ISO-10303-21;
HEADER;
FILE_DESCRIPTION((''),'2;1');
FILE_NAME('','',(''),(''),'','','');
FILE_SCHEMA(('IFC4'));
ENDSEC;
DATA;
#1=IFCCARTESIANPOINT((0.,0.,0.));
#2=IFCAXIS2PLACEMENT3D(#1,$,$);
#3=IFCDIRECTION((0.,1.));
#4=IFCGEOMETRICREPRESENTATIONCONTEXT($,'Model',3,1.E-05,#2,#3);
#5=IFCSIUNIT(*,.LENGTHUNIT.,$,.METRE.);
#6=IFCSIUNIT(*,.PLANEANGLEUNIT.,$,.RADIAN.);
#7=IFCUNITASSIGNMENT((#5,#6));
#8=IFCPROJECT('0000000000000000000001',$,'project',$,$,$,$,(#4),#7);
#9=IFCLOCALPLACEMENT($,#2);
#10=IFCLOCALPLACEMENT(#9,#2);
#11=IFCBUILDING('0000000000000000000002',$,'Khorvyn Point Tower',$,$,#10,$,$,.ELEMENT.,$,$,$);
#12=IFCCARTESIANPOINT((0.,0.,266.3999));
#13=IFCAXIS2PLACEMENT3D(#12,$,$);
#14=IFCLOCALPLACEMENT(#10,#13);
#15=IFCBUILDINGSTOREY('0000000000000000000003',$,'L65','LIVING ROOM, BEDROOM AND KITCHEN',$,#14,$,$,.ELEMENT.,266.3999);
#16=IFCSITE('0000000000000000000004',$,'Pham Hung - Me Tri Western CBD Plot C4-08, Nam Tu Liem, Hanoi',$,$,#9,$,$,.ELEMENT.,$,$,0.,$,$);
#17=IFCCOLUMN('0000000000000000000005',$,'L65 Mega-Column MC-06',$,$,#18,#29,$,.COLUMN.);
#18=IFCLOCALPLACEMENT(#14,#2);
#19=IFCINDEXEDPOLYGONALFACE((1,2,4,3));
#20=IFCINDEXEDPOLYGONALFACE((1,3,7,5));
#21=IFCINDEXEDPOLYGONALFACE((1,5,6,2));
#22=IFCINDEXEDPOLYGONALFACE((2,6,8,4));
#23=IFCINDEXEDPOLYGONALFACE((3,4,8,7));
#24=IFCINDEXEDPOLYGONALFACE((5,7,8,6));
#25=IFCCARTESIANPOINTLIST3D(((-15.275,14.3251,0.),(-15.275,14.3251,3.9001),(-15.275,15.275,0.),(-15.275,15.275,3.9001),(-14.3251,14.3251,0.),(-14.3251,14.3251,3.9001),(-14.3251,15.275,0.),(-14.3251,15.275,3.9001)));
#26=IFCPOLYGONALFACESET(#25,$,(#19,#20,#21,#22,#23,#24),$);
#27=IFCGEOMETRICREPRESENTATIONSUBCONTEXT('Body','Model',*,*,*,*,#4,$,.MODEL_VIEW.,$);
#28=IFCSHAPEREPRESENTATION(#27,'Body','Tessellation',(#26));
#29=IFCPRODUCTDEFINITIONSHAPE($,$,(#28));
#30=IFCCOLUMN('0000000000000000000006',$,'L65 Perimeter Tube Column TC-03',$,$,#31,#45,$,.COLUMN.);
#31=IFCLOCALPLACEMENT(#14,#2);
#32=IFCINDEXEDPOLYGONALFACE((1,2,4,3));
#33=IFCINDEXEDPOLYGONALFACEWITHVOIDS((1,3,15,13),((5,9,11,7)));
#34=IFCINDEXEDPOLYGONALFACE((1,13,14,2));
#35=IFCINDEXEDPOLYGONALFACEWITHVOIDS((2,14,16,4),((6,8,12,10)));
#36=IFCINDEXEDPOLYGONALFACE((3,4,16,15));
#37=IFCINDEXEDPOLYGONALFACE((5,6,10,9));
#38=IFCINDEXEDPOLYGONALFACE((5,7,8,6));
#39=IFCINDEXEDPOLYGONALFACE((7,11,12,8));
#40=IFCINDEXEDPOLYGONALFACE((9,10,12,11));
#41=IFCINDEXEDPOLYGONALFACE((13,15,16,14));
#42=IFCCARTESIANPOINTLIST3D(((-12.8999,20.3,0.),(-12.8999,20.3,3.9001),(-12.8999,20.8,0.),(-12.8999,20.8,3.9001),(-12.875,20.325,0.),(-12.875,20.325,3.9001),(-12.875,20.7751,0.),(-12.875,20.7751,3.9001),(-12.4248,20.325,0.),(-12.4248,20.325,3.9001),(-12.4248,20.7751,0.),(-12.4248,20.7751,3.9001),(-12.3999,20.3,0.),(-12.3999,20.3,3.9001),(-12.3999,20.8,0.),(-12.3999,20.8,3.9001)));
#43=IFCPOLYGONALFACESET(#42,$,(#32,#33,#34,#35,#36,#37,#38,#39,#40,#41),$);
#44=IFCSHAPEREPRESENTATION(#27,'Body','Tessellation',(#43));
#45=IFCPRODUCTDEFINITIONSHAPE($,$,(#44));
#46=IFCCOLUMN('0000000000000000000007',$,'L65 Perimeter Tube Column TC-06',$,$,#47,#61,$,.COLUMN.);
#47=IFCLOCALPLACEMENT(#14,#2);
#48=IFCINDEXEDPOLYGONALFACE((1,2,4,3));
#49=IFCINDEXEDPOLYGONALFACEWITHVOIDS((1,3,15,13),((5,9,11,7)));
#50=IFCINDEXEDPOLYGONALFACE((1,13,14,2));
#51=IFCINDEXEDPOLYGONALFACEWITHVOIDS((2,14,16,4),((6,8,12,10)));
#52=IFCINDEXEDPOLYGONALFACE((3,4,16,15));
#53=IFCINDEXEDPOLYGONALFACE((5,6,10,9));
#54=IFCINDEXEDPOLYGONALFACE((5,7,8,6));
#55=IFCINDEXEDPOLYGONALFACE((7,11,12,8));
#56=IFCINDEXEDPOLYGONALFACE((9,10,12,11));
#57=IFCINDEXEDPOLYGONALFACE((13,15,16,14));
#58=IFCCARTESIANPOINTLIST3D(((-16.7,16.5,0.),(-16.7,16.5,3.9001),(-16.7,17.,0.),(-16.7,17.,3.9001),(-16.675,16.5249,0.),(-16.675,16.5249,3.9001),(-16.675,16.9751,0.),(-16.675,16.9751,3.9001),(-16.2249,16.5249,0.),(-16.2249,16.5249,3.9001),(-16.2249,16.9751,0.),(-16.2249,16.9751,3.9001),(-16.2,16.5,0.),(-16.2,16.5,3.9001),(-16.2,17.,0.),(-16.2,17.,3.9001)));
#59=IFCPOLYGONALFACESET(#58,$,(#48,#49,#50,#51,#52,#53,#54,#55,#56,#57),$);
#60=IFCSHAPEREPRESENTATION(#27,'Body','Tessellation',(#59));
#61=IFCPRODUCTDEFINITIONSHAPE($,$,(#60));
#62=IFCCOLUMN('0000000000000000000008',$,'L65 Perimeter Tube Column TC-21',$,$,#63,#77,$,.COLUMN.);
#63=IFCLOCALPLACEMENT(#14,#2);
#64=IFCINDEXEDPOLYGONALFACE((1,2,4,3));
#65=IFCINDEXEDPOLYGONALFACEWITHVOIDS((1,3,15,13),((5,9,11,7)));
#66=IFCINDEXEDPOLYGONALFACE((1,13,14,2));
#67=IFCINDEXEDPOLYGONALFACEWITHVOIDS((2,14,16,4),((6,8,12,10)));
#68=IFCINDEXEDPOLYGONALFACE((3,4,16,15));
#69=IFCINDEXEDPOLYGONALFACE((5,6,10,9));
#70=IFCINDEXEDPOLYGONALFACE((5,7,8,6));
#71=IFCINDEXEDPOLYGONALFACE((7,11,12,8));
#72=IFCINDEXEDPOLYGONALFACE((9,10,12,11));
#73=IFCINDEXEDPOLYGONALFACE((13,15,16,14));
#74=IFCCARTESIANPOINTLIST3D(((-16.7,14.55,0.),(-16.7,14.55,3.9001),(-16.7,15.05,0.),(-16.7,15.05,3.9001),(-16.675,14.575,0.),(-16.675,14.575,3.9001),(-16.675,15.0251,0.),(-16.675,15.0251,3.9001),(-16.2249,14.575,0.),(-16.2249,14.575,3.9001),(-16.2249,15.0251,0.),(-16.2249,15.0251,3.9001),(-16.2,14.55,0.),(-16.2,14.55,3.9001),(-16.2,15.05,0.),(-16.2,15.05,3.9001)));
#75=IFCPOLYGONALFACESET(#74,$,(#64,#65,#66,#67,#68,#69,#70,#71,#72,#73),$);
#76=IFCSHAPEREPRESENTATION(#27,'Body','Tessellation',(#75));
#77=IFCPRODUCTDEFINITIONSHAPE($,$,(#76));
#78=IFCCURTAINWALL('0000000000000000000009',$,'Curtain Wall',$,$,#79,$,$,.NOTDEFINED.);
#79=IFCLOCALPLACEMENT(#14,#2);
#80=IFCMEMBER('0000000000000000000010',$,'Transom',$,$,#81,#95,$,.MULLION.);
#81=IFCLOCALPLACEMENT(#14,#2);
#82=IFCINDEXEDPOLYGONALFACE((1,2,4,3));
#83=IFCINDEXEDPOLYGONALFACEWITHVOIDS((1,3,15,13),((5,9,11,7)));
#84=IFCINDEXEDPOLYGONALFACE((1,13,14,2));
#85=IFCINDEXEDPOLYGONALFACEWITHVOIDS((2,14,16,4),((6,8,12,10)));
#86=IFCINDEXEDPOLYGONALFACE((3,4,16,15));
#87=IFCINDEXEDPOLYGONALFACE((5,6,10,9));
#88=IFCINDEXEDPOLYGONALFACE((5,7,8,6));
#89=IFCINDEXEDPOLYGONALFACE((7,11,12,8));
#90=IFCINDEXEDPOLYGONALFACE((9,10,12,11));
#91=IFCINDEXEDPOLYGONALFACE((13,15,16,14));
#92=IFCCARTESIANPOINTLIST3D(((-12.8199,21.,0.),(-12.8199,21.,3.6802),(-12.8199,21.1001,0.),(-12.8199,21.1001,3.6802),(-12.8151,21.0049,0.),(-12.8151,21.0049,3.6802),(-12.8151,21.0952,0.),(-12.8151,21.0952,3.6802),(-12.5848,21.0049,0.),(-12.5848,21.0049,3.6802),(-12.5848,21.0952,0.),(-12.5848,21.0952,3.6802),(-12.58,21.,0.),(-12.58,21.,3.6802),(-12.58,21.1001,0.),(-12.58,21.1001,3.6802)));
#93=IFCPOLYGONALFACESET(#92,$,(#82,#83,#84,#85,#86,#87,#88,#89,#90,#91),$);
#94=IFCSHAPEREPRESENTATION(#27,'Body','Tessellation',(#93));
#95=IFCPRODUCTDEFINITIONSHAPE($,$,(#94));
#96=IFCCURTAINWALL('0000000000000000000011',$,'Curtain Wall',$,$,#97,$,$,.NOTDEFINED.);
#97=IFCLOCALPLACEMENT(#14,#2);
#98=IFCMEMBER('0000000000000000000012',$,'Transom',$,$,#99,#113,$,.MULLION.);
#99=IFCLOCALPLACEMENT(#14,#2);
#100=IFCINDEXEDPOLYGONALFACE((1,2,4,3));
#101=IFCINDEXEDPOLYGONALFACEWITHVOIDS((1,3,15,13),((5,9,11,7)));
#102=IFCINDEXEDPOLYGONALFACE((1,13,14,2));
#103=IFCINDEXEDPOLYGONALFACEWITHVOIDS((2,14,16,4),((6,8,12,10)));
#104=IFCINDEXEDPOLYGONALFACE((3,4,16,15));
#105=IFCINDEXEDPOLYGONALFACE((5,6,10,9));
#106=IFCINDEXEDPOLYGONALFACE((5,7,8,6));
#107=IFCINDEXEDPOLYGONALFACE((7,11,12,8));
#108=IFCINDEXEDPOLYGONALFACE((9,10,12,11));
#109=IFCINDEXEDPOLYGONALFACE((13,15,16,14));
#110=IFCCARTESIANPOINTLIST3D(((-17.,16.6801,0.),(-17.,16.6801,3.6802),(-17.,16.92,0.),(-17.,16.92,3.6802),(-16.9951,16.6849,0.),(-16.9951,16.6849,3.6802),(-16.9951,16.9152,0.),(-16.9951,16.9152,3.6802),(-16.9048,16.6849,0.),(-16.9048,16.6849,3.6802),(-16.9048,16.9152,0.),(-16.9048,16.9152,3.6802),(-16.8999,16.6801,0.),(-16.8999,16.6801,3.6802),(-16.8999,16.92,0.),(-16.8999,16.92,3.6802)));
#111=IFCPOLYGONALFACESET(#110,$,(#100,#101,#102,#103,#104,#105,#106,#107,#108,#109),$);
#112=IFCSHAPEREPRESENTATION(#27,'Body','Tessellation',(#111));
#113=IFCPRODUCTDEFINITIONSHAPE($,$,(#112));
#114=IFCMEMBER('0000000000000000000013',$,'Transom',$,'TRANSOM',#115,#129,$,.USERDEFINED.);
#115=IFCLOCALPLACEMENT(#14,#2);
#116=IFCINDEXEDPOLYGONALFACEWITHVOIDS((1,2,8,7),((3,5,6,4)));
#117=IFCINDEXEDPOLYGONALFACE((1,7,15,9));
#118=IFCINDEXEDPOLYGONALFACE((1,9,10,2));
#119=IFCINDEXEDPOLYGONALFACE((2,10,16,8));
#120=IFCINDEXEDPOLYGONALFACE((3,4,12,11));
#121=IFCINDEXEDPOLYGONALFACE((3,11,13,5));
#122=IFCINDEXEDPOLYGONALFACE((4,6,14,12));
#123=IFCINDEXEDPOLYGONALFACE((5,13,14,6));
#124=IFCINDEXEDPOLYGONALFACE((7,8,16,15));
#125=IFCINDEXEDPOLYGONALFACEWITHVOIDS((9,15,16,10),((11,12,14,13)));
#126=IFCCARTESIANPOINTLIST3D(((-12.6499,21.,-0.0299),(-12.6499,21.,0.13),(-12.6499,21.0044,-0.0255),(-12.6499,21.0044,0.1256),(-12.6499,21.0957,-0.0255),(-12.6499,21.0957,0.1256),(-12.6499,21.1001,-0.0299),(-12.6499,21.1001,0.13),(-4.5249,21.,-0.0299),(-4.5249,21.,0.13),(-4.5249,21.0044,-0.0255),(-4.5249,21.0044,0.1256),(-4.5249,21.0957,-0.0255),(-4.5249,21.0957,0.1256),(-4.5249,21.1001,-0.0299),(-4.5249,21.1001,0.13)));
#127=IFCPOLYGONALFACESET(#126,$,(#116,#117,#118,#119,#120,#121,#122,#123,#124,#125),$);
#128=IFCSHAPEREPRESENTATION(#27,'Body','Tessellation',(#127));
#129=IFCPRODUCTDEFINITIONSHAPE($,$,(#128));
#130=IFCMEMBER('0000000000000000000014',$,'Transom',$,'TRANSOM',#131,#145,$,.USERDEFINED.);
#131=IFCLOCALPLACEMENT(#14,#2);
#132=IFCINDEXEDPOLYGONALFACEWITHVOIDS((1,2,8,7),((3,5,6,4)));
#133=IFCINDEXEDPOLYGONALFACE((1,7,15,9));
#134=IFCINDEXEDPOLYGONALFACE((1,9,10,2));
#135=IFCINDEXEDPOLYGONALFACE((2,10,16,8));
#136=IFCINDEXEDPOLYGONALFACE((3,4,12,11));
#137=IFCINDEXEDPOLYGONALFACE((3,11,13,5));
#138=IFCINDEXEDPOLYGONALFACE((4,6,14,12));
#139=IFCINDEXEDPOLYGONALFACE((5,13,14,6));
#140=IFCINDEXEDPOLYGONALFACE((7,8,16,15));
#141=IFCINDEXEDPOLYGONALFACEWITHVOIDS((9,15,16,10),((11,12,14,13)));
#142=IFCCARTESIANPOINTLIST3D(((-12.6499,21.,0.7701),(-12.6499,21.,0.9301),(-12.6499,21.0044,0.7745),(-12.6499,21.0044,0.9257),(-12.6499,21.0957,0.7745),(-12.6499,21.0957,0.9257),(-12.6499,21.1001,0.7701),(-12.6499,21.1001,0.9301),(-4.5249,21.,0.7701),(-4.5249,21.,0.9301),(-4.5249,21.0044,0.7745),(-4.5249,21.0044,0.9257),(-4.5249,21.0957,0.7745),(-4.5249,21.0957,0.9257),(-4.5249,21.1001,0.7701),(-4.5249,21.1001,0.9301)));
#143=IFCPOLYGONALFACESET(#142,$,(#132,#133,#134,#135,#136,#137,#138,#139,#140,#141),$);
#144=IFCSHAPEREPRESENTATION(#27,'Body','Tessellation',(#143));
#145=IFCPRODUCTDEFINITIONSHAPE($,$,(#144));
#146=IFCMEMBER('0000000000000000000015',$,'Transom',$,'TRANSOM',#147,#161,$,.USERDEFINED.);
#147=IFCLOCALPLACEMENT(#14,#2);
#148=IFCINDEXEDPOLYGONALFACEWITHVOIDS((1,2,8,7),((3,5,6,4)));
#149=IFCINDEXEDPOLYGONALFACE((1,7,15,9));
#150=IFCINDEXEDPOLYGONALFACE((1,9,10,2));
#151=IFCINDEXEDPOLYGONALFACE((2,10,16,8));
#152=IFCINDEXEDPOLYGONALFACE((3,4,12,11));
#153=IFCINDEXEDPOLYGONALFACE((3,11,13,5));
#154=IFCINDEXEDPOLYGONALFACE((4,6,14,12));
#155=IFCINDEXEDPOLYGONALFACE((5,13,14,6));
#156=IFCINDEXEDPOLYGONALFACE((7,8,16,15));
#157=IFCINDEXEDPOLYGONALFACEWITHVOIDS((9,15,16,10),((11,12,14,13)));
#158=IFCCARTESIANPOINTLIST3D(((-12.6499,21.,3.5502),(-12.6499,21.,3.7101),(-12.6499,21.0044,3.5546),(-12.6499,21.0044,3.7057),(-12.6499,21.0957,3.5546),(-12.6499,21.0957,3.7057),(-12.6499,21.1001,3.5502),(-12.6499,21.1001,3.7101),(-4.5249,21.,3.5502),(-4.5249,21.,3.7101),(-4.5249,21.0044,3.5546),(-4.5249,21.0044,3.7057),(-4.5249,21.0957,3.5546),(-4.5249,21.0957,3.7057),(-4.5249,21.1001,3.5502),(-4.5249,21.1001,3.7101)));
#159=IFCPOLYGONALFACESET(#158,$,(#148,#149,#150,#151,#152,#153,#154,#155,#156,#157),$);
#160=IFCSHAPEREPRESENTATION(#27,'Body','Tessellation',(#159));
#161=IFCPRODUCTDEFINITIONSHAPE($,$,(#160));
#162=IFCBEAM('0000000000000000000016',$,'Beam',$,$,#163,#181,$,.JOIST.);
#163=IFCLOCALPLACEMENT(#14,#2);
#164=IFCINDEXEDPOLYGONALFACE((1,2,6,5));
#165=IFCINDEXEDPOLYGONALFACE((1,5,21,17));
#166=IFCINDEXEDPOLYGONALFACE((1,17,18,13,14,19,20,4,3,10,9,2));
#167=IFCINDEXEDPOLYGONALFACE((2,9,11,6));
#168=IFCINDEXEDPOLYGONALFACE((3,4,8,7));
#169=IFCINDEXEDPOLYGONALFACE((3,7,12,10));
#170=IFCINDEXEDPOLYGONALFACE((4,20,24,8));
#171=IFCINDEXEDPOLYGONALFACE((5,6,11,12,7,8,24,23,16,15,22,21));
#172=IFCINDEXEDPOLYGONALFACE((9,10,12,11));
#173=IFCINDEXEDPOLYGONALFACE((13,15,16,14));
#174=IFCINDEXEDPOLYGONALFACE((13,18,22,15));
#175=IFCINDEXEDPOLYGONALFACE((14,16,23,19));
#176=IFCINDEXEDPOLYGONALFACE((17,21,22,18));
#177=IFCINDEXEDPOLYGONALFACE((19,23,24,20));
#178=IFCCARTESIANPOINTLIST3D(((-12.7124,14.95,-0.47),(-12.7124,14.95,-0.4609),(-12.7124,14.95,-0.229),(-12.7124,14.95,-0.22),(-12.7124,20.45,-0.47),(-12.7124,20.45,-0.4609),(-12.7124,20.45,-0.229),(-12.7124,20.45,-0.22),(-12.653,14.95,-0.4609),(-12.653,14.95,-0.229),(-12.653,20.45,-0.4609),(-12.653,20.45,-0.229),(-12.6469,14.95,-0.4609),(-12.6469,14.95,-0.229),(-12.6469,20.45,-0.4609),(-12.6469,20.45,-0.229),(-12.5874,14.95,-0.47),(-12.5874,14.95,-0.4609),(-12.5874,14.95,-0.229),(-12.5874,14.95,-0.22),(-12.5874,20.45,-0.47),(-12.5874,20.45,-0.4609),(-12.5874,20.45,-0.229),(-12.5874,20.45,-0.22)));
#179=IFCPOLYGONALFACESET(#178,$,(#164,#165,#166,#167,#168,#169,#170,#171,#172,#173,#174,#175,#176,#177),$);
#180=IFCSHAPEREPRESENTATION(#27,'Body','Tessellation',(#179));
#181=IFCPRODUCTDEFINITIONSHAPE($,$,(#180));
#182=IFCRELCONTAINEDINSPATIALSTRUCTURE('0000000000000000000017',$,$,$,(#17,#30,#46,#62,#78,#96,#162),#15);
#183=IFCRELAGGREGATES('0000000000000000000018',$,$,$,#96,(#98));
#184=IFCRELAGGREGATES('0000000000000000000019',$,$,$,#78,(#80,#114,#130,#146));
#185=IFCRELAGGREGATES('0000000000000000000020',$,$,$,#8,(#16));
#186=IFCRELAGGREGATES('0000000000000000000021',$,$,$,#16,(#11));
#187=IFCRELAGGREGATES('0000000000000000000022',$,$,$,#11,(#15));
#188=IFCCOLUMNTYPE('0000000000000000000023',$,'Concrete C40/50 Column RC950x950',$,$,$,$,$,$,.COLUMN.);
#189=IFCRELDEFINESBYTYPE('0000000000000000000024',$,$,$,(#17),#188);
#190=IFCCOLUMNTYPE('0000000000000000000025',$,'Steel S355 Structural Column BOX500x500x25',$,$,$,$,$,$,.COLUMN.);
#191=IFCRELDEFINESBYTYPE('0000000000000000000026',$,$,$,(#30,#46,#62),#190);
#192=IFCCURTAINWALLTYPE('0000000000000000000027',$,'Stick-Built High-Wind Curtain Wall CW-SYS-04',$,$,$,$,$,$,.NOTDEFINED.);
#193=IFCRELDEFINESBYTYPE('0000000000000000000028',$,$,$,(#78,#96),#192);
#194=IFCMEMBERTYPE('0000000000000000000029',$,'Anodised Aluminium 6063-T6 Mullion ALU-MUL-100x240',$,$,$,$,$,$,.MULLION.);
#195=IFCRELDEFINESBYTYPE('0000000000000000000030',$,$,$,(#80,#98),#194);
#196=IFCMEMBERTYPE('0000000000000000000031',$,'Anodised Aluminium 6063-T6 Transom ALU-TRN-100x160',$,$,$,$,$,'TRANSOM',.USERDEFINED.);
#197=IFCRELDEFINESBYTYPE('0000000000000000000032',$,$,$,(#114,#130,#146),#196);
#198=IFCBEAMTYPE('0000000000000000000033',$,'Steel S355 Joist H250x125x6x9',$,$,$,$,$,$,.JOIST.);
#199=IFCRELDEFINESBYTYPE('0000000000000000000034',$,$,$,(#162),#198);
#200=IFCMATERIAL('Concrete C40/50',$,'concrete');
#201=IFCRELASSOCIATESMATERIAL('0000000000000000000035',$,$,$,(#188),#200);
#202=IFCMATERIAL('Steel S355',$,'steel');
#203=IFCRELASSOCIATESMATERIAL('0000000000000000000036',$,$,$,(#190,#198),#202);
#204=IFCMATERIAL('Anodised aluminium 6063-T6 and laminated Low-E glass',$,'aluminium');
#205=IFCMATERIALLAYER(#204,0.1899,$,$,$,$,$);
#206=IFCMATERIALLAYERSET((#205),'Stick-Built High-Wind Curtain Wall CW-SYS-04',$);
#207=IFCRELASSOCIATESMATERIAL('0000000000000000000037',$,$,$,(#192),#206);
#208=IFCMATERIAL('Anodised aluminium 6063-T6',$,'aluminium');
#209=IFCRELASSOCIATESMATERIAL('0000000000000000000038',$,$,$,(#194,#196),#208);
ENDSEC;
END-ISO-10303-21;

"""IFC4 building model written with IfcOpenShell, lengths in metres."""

from ifc_helpers import new_model, si_unit, direction, frame, origin, origin_2d, place, context, subcontext, project, spatial, rectangle, hollow_rectangle, i_section, extrude, material, layer, layer_set, material_profile, profile_set, type_object, element, aggregate, save


model = new_model("IFC4")

# Units and contexts
model_context = context("Model", 3, precision=1e-05, world=origin(), true_north=direction((0.0, 1.0)))
body_context = subcontext(model_context, "Body", "Model", "MODEL_VIEW")
ifc_project = project(units=[si_unit("LENGTHUNIT", "METRE"), si_unit("PLANEANGLEUNIT", "RADIAN")], contexts=[model_context])

# Site, building, storey
site_placement = place(None, origin())
site = spatial("IfcSite", under=ifc_project, at=site_placement, Name="Pham Hung - Me Tri Western CBD Plot C4-08, Nam Tu Liem, Hanoi", CompositionType="ELEMENT", RefElevation=0.0)
building_placement = place(site_placement, origin())
building = spatial("IfcBuilding", under=site, at=building_placement, Name="Khorvyn Point Tower", CompositionType="ELEMENT")
storey_placement = place(building_placement, frame((0.0, 0.0, 266.3999)))
storey = spatial("IfcBuildingStorey", under=building, at=storey_placement, Name="L65", Description="LIVING ROOM, BEDROOM AND KITCHEN", CompositionType="ELEMENT", Elevation=266.3999)

# Columns
ifc_material_1 = material(Name="Concrete C40/50", Category="concrete")
ifc_material_profile_1 = material_profile(ifc_material_1, rectangle(XDim=0.95, YDim=0.95, at=origin_2d()))
ifc_profile_set_1 = profile_set([ifc_material_profile_1], Name="Concrete C40/50 RC950x950")
column_type_1 = type_object("IfcColumnType", Name="Concrete C40/50 Column RC950x950", PredefinedType="COLUMN", material=ifc_profile_set_1)
column_placement = place(storey_placement, frame((-14.8, 14.8, 0.0), z_axis=(0.0, 0.0, 1.0), x_axis=(1.0, 0.0, 0.0)))
element("IfcColumn", 1, at=column_placement, inside=storey, type_object=column_type_1, Name="L65 Mega-Column MC-06", PredefinedType="COLUMN", context=body_context, shape_type="SweptSolid", body=[
    extrude(rectangle(XDim=0.95, YDim=0.95, at=origin_2d()), origin(), (0.0, 0.0, 1.0), 3.9001),
])
ifc_material_2 = material(Name="Steel S355", Category="steel")
ifc_material_profile_2 = material_profile(ifc_material_2, hollow_rectangle(XDim=0.5, YDim=0.5, WallThickness=0.0249, at=origin_2d()))
ifc_profile_set_2 = profile_set([ifc_material_profile_2], Name="Steel S355 BOX500x500x25")
column_type_2 = type_object("IfcColumnType", Name="Steel S355 Structural Column BOX500x500x25", PredefinedType="COLUMN", material=ifc_profile_set_2)
for number, where, z_axis, x_axis, name in (
    (2, (-12.6499, 20.55, 0.0), (0.0, 0.0, 1.0), (1.0, 0.0, 0.0), "L65 Perimeter Tube Column TC-03"),
    (3, (-16.45, 16.75, 0.0), (0.0, 0.0, 1.0), (1.0, 0.0, 0.0), "L65 Perimeter Tube Column TC-06"),
    (4, (-16.45, 14.8, 0.0), (0.0, 0.0, 1.0), (1.0, 0.0, 0.0), "L65 Perimeter Tube Column TC-21"),
):
    element("IfcColumn", number, at=place(storey_placement, frame(where, z_axis=z_axis, x_axis=x_axis)), inside=storey, type_object=column_type_2, Name=name, PredefinedType="COLUMN", context=body_context, shape_type="SweptSolid", body=[
        extrude(hollow_rectangle(XDim=0.5, YDim=0.5, WallThickness=0.0249, at=origin_2d()), origin(), (0.0, 0.0, 1.0), 3.9001),
    ])

# Curtain walls, members
ifc_material_3 = material(Name="Anodised aluminium 6063-T6 and laminated Low-E glass", Category="aluminium")
ifc_layer_1 = layer(ifc_material_3, 0.1899)
ifc_layer_set_1 = layer_set([ifc_layer_1], Name="Stick-Built High-Wind Curtain Wall CW-SYS-04")
curtain_wall_type = type_object("IfcCurtainWallType", Name="Stick-Built High-Wind Curtain Wall CW-SYS-04", PredefinedType="NOTDEFINED", material=ifc_layer_set_1)
curtain_wall_1_placement = place(storey_placement, origin())
curtain_wall_1 = element("IfcCurtainWall", 5, at=curtain_wall_1_placement, inside=storey, type_object=curtain_wall_type, Name="Curtain Wall", PredefinedType="NOTDEFINED")
ifc_material_4 = material(Name="Anodised aluminium 6063-T6", Category="aluminium")
ifc_material_profile_3 = material_profile(ifc_material_4, hollow_rectangle(XDim=0.1001, YDim=0.24, WallThickness=0.0049, at=origin_2d()))
ifc_profile_set_3 = profile_set([ifc_material_profile_3], Name="Anodised aluminium 6063-T6 ALU-MUL-100x240")
member_type_1 = type_object("IfcMemberType", Name="Anodised Aluminium 6063-T6 Mullion ALU-MUL-100x240", PredefinedType="MULLION", material=ifc_profile_set_3)
member_1_placement = place(storey_placement, frame((-12.7, 21.05, 0.0), z_axis=(0.0, 0.0, 1.0), x_axis=(0.0, 1.0, 0.0)))
member_1 = element("IfcMember", 6, at=member_1_placement, type_object=member_type_1, Name="Transom", PredefinedType="MULLION", context=body_context, shape_type="SweptSolid", body=[
    extrude(hollow_rectangle(XDim=0.1001, YDim=0.24, WallThickness=0.0049, at=origin_2d()), origin(), (0.0, 0.0, 1.0), 3.6802),
])
curtain_wall_2_placement = place(storey_placement, origin())
curtain_wall_2 = element("IfcCurtainWall", 7, at=curtain_wall_2_placement, inside=storey, type_object=curtain_wall_type, Name="Curtain Wall", PredefinedType="NOTDEFINED")
member_2_placement = place(storey_placement, frame((-16.95, 16.8, 0.0), z_axis=(0.0, 0.0, 1.0), x_axis=(-1.0, 0.0, 0.0)))
member_2 = element("IfcMember", 8, at=member_2_placement, type_object=member_type_1, Name="Transom", PredefinedType="MULLION", context=body_context, shape_type="SweptSolid", body=[
    extrude(hollow_rectangle(XDim=0.1001, YDim=0.24, WallThickness=0.0049, at=origin_2d()), origin(), (0.0, 0.0, 1.0), 3.6802),
])
aggregate(curtain_wall_2, [member_2])

# Members
ifc_material_profile_4 = material_profile(ifc_material_4, hollow_rectangle(XDim=0.1001, YDim=0.1599, WallThickness=0.0044, at=origin_2d()))
ifc_profile_set_4 = profile_set([ifc_material_profile_4], Name="Anodised aluminium 6063-T6 ALU-TRN-100x160")
member_type_2 = type_object("IfcMemberType", Name="Anodised Aluminium 6063-T6 Transom ALU-TRN-100x160", ElementType="TRANSOM", PredefinedType="USERDEFINED", material=ifc_profile_set_4)
member_3_placement = place(storey_placement, frame((-12.6499, 21.05, 0.05), z_axis=(1.0, 0.0, 0.0), x_axis=(0.0, 1.0, 0.0)))
member_3 = element("IfcMember", 9, at=member_3_placement, type_object=member_type_2, Name="Transom", ObjectType="TRANSOM", PredefinedType="USERDEFINED", context=body_context, shape_type="SweptSolid", body=[
    extrude(hollow_rectangle(XDim=0.1001, YDim=0.1599, WallThickness=0.0044, at=origin_2d()), origin(), (0.0, 0.0, 1.0), 8.125),
])
member_4_placement = place(storey_placement, frame((-12.6499, 21.05, 0.8501), z_axis=(1.0, 0.0, 0.0), x_axis=(0.0, 1.0, 0.0)))
member_4 = element("IfcMember", 10, at=member_4_placement, type_object=member_type_2, Name="Transom", ObjectType="TRANSOM", PredefinedType="USERDEFINED", context=body_context, shape_type="SweptSolid", body=[
    extrude(hollow_rectangle(XDim=0.1001, YDim=0.1599, WallThickness=0.0044, at=origin_2d()), origin(), (0.0, 0.0, 1.0), 8.125),
])
member_5_placement = place(storey_placement, frame((-12.6499, 21.05, 3.6301), z_axis=(1.0, 0.0, 0.0), x_axis=(0.0, 1.0, 0.0)))
member_5 = element("IfcMember", 11, at=member_5_placement, type_object=member_type_2, Name="Transom", ObjectType="TRANSOM", PredefinedType="USERDEFINED", context=body_context, shape_type="SweptSolid", body=[
    extrude(hollow_rectangle(XDim=0.1001, YDim=0.1599, WallThickness=0.0044, at=origin_2d()), origin(), (0.0, 0.0, 1.0), 8.125),
])

# Beam
ifc_material_profile_5 = material_profile(ifc_material_2, i_section(OverallWidth=0.125, OverallDepth=0.25, WebThickness=0.0061, FlangeThickness=0.009, at=origin_2d()))
ifc_profile_set_5 = profile_set([ifc_material_profile_5], Name="Steel S355 H250x125x6x9")
beam_type_1 = type_object("IfcBeamType", Name="Steel S355 Joist H250x125x6x9", PredefinedType="JOIST", material=ifc_profile_set_5)
beam_1_placement = place(storey_placement, frame((-12.6499, 14.95, -0.345), z_axis=(0.0, 1.0, 0.0), x_axis=(-1.0, 0.0, 0.0)))
element("IfcBeam", 12, at=beam_1_placement, inside=storey, type_object=beam_type_1, Name="Beam", PredefinedType="JOIST", context=body_context, shape_type="SweptSolid", body=[
    extrude(i_section(OverallWidth=0.125, OverallDepth=0.25, WebThickness=0.0061, FlangeThickness=0.009, at=origin_2d()), origin(), (0.0, 0.0, 1.0), 5.5),
])

aggregate(curtain_wall_1, [member_1, member_3, member_4, member_5])

save(model, "model.ifc")
